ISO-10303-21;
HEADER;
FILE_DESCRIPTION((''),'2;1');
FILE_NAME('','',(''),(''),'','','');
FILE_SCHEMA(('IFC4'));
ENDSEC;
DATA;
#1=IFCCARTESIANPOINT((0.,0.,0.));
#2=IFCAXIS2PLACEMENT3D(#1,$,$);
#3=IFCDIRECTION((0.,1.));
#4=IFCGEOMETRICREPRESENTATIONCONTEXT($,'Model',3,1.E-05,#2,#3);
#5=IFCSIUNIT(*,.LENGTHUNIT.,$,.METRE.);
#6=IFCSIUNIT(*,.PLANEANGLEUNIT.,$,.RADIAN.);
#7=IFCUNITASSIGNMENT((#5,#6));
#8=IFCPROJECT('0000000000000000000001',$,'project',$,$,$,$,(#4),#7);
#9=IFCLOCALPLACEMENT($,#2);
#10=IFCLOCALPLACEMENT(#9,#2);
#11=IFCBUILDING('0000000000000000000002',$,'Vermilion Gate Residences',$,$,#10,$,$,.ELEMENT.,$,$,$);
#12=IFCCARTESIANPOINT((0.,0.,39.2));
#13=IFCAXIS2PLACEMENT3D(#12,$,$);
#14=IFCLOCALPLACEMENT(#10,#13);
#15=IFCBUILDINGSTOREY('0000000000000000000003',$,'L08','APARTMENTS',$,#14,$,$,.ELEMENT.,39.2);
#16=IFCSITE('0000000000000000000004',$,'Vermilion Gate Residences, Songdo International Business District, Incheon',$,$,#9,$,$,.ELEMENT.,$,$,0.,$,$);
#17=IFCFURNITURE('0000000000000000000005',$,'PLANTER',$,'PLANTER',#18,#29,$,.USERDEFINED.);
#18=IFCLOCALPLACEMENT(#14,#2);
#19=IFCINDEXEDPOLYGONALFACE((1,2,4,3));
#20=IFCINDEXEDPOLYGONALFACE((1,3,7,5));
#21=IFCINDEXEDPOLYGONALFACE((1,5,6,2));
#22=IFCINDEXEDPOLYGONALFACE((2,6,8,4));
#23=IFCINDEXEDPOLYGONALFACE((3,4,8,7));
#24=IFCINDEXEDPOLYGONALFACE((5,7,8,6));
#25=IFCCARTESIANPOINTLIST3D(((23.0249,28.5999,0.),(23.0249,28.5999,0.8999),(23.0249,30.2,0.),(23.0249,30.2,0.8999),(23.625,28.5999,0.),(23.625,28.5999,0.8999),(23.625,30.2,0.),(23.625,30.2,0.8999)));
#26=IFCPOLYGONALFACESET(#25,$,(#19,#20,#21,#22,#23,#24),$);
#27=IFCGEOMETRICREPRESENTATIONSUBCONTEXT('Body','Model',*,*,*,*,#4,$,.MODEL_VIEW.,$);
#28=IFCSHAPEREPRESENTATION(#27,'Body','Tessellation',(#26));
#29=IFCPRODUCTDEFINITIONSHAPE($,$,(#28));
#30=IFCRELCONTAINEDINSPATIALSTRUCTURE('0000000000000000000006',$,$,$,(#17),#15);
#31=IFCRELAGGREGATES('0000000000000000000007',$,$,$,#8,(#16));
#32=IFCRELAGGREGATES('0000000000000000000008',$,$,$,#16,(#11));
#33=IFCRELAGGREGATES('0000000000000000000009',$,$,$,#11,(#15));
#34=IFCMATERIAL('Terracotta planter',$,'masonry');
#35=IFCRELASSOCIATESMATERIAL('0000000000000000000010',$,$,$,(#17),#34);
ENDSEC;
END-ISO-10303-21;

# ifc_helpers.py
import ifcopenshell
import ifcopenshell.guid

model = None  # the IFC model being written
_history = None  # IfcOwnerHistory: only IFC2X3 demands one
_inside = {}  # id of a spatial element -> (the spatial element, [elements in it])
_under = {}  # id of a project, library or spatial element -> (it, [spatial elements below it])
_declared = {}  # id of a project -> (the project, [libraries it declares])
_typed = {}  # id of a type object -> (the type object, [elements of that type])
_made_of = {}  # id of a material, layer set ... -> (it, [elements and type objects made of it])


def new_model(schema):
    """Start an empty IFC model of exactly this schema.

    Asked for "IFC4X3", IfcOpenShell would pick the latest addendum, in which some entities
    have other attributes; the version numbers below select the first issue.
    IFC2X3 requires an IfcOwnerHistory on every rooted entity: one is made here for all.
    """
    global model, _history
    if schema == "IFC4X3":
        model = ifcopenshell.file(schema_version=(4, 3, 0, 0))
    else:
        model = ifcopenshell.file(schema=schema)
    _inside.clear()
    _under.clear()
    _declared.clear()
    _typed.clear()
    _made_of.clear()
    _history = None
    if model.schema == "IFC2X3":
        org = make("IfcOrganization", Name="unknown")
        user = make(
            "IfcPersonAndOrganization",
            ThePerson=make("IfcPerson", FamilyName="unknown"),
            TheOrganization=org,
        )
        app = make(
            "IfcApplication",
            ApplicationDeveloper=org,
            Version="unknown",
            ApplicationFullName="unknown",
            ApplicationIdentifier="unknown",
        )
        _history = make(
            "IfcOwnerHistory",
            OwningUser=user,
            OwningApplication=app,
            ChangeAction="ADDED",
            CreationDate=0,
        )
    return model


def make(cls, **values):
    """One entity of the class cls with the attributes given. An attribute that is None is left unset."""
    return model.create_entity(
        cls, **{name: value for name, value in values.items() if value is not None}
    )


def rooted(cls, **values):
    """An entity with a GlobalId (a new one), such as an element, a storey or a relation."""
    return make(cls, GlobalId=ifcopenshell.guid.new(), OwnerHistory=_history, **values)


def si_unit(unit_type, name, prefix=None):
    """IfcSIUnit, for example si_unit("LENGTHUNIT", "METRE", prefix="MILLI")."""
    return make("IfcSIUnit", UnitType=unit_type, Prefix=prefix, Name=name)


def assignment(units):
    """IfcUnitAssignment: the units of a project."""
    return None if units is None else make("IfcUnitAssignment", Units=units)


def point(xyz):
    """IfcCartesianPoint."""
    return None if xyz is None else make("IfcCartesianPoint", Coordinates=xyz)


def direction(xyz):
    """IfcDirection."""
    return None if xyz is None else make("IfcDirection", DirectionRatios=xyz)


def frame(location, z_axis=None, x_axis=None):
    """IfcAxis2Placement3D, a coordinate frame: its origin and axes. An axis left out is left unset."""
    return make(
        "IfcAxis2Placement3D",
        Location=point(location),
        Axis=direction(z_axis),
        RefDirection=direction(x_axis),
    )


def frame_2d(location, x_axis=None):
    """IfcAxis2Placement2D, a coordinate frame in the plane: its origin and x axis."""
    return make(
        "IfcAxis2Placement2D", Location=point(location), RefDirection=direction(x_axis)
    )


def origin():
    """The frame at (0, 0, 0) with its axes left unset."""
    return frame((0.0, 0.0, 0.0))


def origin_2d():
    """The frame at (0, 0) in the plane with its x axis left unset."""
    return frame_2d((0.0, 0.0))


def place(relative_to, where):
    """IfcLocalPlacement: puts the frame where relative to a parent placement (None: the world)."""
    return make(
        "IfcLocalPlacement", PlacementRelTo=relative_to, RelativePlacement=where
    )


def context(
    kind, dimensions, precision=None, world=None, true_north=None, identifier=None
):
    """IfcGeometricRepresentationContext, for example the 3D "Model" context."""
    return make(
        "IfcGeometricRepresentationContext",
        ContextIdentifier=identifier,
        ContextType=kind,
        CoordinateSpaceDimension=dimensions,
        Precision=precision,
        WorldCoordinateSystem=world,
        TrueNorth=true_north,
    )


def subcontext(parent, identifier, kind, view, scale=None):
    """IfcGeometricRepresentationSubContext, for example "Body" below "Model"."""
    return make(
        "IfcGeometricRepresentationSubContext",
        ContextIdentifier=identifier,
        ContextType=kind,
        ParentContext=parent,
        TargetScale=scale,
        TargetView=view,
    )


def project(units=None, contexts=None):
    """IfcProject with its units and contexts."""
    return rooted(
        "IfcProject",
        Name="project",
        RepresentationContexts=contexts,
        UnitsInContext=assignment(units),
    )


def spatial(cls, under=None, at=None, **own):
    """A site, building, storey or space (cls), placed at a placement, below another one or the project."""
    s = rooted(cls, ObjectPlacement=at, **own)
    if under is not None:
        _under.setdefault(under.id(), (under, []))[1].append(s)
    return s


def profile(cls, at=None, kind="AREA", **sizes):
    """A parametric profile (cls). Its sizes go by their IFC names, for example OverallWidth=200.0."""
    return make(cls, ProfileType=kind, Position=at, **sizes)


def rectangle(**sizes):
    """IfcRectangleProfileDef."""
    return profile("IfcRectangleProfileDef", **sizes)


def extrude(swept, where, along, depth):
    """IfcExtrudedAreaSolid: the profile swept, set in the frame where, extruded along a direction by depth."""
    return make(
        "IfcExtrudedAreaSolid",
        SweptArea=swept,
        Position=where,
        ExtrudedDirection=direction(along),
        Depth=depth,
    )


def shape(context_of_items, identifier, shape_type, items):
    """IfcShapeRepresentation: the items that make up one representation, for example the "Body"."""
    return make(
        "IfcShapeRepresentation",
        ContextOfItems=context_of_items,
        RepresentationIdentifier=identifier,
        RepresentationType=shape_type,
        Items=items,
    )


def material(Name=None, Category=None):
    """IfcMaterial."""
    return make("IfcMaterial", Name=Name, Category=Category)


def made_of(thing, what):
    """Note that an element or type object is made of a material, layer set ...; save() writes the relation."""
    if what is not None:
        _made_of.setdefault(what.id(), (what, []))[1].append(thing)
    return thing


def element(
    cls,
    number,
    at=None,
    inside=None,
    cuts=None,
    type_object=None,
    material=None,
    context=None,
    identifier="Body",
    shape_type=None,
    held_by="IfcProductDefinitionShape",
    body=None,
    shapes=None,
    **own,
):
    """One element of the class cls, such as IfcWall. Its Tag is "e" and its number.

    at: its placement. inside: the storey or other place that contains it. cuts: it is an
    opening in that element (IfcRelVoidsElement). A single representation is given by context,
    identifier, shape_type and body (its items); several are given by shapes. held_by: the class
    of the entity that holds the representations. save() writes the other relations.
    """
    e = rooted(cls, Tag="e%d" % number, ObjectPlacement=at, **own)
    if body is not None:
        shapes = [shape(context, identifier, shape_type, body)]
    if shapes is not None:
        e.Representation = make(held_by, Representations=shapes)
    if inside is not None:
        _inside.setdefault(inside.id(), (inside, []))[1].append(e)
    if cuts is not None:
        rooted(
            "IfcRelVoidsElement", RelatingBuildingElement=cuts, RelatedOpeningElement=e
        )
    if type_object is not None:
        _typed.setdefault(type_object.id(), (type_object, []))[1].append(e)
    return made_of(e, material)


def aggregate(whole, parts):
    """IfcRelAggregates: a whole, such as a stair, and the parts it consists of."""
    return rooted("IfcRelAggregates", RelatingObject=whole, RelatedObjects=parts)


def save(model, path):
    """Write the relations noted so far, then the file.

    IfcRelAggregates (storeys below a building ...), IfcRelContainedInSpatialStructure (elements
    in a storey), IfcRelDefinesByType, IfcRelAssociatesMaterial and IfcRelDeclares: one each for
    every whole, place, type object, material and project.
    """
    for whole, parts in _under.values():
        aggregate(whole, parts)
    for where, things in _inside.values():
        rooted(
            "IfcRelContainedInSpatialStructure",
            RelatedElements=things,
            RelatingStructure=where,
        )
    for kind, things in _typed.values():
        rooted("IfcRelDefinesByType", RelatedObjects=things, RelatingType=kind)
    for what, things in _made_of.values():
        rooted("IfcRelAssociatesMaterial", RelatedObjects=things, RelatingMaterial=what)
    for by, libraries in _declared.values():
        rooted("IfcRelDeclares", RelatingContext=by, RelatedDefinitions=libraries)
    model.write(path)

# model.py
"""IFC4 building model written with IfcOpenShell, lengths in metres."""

from ifc_helpers import new_model, si_unit, direction, frame, origin, origin_2d, place, context, subcontext, project, spatial, rectangle, extrude, material, element, save


model = new_model("IFC4")

# Units and contexts
model_context = context("Model", 3, precision=1e-05, world=origin(), true_north=direction((0.0, 1.0)))
body_context = subcontext(model_context, "Body", "Model", "MODEL_VIEW")
ifc_project = project(units=[si_unit("LENGTHUNIT", "METRE"), si_unit("PLANEANGLEUNIT", "RADIAN")], contexts=[model_context])

# Site, building, storey
site_placement = place(None, origin())
site = spatial("IfcSite", under=ifc_project, at=site_placement, Name="Vermilion Gate Residences, Songdo International Business District, Incheon", CompositionType="ELEMENT", RefElevation=0.0)
building_placement = place(site_placement, origin())
building = spatial("IfcBuilding", under=site, at=building_placement, Name="Vermilion Gate Residences", CompositionType="ELEMENT")
storey_placement = place(building_placement, frame((0.0, 0.0, 39.2)))
storey = spatial("IfcBuildingStorey", under=building, at=storey_placement, Name="L08", Description="APARTMENTS", CompositionType="ELEMENT", Elevation=39.2)

# Furniture
ifc_material_1 = material(Name="Terracotta planter", Category="masonry")
furniture_placement = place(storey_placement, frame((23.325, 29.3999, 0.0), z_axis=(0.0, 0.0, 1.0), x_axis=(0.0, 1.0, 0.0)))
element("IfcFurniture", 1, at=furniture_placement, inside=storey, material=ifc_material_1, Name="PLANTER", ObjectType="PLANTER", PredefinedType="USERDEFINED", context=body_context, shape_type="SweptSolid", body=[
    extrude(rectangle(XDim=1.6001, YDim=0.6001, at=origin_2d()), origin(), (0.0, 0.0, 1.0), 0.8999),
])

save(model, "model.ifc")
